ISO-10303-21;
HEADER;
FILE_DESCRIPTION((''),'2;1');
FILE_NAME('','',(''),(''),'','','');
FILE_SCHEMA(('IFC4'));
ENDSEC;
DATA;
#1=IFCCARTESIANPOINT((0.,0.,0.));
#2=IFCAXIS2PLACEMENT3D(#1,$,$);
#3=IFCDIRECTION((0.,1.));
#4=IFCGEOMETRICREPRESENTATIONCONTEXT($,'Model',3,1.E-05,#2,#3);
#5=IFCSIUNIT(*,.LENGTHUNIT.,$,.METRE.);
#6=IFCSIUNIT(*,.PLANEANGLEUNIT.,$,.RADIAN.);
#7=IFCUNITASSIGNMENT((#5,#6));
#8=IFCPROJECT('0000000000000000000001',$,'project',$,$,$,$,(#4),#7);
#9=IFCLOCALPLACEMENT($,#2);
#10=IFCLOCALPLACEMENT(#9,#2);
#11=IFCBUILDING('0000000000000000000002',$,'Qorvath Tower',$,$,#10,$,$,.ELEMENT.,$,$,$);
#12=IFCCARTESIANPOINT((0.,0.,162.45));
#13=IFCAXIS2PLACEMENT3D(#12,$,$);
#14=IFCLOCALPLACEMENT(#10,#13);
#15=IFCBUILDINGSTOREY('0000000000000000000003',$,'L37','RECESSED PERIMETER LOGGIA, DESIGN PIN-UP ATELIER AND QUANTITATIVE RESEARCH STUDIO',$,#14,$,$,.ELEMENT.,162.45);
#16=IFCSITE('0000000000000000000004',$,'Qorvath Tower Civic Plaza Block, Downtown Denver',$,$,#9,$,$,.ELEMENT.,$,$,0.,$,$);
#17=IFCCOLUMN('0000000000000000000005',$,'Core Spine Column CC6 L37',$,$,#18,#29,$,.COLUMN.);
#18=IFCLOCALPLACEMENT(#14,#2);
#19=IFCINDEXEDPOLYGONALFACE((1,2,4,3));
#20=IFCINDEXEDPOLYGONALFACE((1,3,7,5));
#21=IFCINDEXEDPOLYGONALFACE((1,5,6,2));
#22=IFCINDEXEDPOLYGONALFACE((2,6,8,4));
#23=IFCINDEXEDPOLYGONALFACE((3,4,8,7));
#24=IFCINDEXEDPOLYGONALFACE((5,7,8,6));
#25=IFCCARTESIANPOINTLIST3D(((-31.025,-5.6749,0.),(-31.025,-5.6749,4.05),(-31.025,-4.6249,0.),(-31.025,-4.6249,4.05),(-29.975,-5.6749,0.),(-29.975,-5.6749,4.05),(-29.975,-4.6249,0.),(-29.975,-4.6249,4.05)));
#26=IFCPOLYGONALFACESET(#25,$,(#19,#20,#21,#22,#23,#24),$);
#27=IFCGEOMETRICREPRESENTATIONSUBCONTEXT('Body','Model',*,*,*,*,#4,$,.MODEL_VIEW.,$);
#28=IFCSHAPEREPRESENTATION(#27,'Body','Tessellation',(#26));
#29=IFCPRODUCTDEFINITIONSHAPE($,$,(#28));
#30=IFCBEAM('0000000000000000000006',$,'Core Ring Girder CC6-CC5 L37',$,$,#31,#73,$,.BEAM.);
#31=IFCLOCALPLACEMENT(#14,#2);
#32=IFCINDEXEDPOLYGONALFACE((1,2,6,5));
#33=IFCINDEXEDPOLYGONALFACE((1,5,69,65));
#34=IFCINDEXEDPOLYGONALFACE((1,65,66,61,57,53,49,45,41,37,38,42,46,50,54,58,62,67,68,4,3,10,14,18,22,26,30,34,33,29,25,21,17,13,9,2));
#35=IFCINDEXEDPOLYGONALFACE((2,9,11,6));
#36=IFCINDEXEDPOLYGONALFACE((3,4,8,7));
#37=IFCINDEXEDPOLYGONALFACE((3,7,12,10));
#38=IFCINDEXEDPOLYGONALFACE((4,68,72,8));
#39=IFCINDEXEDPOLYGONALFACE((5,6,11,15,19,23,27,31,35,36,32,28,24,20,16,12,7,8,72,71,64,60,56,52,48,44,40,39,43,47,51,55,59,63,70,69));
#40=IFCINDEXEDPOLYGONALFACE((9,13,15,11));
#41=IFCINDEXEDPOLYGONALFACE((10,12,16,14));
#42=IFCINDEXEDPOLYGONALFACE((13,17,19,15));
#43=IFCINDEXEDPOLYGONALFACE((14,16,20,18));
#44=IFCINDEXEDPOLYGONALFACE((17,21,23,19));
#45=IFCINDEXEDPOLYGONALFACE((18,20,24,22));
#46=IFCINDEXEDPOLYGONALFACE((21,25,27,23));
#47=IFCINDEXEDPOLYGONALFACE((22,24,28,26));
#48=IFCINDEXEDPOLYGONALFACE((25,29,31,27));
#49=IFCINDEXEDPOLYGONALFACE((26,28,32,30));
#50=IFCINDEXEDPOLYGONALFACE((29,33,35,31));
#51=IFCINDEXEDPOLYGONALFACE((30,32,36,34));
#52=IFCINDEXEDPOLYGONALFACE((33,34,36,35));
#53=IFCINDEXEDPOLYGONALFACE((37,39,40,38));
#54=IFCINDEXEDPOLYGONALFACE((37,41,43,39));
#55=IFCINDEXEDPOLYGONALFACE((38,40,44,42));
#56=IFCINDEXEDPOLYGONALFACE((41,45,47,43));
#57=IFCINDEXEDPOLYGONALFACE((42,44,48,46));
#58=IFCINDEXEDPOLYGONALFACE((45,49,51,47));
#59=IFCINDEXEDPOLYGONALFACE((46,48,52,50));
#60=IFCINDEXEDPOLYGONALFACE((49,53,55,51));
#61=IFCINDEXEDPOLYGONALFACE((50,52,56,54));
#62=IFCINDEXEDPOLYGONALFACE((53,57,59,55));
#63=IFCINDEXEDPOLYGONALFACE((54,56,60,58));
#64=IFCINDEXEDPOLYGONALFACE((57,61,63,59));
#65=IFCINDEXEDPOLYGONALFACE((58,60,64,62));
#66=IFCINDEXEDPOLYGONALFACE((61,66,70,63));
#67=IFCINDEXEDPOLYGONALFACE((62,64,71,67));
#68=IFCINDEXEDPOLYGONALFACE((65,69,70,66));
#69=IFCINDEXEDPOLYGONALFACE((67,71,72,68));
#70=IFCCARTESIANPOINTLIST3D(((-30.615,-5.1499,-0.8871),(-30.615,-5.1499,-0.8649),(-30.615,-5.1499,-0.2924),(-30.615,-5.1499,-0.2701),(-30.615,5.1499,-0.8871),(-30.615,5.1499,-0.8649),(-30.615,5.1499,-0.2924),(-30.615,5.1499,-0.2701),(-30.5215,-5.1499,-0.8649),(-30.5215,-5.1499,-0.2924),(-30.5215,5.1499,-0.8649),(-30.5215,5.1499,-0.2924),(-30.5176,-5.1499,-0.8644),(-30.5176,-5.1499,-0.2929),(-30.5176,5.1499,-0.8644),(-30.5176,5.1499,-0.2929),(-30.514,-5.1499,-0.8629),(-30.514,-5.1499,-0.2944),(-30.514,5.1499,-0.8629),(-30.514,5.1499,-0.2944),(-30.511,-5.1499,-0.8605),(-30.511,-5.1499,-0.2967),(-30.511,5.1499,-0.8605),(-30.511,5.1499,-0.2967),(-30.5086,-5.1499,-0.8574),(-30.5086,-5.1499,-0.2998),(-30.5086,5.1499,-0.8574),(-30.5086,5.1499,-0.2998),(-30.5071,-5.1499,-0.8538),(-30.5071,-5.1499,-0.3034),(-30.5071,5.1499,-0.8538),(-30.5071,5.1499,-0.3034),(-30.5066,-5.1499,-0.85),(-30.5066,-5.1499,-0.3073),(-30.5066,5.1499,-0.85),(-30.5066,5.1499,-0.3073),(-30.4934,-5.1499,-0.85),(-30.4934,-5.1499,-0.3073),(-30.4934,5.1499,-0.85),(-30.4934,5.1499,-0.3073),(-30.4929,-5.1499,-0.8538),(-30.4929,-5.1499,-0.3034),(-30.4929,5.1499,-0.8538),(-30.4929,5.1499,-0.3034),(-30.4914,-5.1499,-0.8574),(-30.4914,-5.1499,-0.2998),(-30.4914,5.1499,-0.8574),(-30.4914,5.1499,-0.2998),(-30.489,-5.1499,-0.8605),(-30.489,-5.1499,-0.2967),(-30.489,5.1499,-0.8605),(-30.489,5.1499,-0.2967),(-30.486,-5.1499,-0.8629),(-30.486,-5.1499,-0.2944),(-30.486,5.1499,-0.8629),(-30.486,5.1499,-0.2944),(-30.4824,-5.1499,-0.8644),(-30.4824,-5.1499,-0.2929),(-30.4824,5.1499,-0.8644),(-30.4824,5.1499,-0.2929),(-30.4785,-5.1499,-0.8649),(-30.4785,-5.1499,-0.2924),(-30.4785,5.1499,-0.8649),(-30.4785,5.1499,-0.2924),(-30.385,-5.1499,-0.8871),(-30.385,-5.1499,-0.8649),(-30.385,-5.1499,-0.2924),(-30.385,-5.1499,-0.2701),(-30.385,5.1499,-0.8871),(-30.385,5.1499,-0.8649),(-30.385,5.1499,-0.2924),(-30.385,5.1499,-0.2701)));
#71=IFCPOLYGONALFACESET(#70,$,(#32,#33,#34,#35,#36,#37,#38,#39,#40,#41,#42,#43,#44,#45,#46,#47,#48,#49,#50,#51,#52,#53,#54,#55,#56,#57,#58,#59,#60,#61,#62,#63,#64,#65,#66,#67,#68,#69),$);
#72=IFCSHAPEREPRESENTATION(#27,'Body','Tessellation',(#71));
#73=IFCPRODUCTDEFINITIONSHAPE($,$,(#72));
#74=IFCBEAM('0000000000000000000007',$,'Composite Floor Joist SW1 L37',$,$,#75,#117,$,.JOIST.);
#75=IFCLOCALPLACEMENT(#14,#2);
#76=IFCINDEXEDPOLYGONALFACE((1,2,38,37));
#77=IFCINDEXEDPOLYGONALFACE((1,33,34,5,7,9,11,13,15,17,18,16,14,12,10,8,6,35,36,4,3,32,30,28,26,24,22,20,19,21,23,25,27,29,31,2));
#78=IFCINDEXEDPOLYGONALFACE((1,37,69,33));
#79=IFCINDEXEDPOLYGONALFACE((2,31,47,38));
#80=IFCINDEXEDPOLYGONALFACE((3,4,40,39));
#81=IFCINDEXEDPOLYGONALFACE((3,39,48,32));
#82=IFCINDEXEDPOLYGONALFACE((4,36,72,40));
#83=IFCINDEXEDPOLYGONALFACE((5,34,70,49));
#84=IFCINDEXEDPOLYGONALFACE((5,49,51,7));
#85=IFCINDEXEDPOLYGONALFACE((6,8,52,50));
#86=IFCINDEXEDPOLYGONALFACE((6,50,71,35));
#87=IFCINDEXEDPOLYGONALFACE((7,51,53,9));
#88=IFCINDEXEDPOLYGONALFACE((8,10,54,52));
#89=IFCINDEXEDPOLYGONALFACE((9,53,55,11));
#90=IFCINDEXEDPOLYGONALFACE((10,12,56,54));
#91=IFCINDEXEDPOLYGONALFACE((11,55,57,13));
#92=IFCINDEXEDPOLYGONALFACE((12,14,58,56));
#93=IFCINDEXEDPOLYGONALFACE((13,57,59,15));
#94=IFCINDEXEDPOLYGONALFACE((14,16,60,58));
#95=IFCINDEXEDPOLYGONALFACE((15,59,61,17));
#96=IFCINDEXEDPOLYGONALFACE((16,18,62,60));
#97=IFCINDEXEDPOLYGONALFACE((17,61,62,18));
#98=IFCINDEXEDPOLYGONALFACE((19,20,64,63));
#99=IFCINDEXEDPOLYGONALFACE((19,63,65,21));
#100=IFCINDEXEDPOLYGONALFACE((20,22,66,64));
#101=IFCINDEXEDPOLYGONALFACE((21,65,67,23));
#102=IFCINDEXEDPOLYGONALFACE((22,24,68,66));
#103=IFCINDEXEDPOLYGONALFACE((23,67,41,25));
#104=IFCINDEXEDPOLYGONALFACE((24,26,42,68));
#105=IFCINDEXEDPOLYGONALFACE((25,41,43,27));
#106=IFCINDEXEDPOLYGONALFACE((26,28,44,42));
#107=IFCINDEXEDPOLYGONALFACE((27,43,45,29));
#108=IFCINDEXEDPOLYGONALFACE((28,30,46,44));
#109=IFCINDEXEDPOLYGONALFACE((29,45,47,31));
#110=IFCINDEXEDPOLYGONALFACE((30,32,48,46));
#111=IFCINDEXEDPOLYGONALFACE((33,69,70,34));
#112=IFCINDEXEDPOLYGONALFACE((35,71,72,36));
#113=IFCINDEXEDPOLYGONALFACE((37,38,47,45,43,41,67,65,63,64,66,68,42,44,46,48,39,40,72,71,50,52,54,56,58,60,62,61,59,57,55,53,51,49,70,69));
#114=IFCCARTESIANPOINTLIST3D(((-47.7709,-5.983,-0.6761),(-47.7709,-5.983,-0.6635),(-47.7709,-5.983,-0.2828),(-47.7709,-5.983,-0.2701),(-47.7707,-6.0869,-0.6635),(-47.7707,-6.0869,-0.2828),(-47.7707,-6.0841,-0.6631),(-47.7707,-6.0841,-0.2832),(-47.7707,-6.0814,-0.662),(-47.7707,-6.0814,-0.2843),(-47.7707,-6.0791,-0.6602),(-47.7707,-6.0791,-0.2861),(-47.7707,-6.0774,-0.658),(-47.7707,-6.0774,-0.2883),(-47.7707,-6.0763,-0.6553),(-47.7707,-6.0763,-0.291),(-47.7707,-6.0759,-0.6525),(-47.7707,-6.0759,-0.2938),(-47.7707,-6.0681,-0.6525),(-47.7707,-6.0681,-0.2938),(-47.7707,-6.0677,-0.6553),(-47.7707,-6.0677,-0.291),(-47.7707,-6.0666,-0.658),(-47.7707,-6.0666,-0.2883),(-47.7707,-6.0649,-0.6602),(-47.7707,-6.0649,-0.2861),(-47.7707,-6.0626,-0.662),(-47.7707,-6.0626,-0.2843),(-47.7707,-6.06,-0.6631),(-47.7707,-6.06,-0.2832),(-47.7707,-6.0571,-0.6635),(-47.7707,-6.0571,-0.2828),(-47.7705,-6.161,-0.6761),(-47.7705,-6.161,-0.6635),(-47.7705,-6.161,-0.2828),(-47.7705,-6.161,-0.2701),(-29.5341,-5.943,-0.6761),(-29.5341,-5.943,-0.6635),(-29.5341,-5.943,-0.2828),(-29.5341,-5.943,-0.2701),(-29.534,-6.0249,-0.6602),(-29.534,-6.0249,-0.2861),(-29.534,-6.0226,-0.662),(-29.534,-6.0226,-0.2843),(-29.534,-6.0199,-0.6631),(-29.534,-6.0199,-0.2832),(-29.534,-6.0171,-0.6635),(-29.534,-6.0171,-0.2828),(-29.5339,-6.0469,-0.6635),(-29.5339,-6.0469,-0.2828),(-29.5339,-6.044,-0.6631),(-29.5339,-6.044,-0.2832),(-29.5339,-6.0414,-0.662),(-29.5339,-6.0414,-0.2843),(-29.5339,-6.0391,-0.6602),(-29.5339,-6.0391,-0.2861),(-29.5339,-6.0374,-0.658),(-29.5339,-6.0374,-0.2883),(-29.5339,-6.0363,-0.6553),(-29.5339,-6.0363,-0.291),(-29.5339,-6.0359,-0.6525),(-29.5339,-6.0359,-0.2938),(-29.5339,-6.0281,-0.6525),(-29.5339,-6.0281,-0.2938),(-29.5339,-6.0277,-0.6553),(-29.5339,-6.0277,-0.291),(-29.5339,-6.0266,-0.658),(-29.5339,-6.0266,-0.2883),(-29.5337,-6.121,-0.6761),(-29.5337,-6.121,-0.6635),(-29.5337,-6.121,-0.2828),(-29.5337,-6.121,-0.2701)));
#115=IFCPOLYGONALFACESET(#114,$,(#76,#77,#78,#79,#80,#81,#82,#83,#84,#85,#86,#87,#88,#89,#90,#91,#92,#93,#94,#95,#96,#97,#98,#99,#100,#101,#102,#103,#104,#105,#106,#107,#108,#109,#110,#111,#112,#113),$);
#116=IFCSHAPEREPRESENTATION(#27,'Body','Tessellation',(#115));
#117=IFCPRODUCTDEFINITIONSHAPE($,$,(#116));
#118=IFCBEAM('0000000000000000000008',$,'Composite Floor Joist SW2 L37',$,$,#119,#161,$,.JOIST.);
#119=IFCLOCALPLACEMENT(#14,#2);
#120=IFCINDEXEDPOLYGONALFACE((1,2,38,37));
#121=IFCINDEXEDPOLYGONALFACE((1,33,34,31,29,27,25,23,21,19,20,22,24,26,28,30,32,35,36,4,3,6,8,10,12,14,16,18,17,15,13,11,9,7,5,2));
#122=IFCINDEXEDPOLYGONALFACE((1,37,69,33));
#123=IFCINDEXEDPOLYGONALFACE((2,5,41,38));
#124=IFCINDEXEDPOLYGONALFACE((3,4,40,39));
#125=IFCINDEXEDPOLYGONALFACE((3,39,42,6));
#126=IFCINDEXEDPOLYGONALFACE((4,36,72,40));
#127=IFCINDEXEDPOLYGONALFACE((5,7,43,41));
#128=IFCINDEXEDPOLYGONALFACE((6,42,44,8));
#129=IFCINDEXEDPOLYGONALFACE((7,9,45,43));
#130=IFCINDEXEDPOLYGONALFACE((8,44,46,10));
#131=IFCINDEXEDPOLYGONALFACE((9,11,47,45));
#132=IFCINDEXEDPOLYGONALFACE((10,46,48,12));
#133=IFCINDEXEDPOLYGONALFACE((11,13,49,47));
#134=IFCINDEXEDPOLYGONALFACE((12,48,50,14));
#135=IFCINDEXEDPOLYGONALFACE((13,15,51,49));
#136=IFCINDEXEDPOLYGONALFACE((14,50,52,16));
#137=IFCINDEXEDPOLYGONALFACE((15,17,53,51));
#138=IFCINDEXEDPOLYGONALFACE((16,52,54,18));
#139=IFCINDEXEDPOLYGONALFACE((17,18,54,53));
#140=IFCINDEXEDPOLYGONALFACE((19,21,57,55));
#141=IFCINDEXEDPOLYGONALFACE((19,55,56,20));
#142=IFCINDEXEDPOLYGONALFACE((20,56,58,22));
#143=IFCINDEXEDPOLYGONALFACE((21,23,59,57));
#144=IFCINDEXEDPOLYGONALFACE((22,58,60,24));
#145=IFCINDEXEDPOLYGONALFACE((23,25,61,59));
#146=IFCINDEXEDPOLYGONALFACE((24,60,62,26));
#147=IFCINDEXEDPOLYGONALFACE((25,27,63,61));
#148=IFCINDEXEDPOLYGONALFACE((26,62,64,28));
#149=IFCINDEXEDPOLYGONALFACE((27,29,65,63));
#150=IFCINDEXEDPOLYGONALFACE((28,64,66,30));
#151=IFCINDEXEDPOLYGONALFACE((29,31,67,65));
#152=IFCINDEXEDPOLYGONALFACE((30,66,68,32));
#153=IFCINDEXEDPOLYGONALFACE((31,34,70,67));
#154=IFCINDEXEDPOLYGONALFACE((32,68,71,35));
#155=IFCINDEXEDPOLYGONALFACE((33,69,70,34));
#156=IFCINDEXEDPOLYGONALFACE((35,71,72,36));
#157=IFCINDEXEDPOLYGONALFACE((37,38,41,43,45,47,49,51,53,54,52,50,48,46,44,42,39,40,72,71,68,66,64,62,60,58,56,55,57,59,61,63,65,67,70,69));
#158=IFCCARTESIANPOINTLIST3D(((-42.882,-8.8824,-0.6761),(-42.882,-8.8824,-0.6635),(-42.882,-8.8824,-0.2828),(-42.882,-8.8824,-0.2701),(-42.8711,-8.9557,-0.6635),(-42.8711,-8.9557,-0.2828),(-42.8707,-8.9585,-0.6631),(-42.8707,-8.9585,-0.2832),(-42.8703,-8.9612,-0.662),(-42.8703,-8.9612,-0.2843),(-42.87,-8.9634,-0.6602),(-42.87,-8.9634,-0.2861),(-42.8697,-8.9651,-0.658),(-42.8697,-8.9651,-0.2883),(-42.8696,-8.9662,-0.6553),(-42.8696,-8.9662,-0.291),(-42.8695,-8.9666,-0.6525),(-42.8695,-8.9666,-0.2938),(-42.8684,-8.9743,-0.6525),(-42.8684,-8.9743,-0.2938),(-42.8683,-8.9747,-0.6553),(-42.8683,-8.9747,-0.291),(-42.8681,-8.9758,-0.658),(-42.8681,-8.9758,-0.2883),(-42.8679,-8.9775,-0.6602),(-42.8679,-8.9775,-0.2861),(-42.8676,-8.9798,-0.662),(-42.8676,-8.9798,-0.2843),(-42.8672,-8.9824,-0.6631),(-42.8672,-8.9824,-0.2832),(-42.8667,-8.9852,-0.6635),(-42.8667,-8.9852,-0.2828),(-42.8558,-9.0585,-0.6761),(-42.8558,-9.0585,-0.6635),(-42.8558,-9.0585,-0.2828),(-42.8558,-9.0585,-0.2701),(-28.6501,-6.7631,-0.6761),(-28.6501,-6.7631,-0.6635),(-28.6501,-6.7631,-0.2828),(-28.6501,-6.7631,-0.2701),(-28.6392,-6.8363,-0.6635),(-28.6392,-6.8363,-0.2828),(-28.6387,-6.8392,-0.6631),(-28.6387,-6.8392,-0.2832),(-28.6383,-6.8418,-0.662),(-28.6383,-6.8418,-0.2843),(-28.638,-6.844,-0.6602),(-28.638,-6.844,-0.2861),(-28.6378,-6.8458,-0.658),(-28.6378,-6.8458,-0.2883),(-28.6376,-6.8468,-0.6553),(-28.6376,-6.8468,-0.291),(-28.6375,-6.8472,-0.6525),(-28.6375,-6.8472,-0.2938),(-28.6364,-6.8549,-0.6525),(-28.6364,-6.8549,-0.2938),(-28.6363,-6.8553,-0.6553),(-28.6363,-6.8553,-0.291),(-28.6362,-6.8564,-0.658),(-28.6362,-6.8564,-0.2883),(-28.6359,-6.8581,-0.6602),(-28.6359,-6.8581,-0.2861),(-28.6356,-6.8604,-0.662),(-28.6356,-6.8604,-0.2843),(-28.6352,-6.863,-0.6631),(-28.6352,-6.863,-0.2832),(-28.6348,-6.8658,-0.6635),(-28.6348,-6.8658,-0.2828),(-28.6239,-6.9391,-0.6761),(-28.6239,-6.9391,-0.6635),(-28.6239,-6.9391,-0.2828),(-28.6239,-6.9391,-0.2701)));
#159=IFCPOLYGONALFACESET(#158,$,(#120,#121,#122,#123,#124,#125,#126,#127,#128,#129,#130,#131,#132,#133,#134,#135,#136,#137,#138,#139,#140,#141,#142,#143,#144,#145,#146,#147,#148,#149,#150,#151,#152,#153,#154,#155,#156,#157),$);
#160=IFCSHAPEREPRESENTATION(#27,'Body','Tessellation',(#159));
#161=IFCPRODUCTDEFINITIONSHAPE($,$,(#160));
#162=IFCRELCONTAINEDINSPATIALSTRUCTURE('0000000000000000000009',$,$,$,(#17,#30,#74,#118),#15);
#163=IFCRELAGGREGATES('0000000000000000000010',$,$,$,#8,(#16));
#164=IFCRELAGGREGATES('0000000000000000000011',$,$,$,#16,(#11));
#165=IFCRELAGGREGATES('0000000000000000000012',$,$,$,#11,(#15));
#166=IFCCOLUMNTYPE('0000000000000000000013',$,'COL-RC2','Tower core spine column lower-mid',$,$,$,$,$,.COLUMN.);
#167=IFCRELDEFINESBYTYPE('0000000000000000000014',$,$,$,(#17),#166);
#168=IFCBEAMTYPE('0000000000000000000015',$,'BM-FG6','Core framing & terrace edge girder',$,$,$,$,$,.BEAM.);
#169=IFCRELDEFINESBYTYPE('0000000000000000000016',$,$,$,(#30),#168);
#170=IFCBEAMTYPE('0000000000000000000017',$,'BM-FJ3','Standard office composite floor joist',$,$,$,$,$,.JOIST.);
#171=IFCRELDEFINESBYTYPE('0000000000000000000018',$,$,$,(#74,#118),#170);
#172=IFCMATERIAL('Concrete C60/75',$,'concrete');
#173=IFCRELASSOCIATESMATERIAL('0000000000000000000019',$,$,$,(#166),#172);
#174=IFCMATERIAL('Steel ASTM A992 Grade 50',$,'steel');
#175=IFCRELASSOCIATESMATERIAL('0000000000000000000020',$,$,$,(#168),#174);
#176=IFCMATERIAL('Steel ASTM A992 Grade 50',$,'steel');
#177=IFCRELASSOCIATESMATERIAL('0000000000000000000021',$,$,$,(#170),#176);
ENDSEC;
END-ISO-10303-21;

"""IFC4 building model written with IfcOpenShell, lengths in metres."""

from ifc_helpers import new_model, si_unit, direction, frame, origin, origin_2d, place, context, subcontext, project, spatial, rectangle, i_section, extrude, material, material_profile, profile_set, type_object, element, save


model = new_model("IFC4")

# Units and contexts
model_context = context("Model", 3, precision=1e-05, world=origin(), true_north=direction((0.0, 1.0)))
body_context = subcontext(model_context, "Body", "Model", "MODEL_VIEW")
ifc_project = project(units=[si_unit("LENGTHUNIT", "METRE"), si_unit("PLANEANGLEUNIT", "RADIAN")], contexts=[model_context])

# Site, building, storey
site_placement = place(None, origin())
site = spatial("IfcSite", under=ifc_project, at=site_placement, Name="Qorvath Tower Civic Plaza Block, Downtown Denver", CompositionType="ELEMENT", RefElevation=0.0)
building_placement = place(site_placement, origin())
building = spatial("IfcBuilding", under=site, at=building_placement, Name="Qorvath Tower", CompositionType="ELEMENT")
storey_placement = place(building_placement, frame((0.0, 0.0, 162.45)))
storey = spatial("IfcBuildingStorey", under=building, at=storey_placement, Name="L37", Description="RECESSED PERIMETER LOGGIA, DESIGN PIN-UP ATELIER AND QUANTITATIVE RESEARCH STUDIO", CompositionType="ELEMENT", Elevation=162.45)

# Column
ifc_material_1 = material(Name="Concrete C60/75", Category="concrete")
ifc_material_profile_1 = material_profile(ifc_material_1, rectangle(XDim=1.05, YDim=1.05, at=origin_2d()), Name="RC 1050x1050")
ifc_profile_set_1 = profile_set([ifc_material_profile_1], Name="Concrete C60/75")
column_type = type_object("IfcColumnType", Name="COL-RC2", Description="Tower core spine column lower-mid", PredefinedType="COLUMN", material=ifc_profile_set_1)
column_placement = place(storey_placement, frame((-30.5, -5.1499, 0.0), z_axis=(0.0, 0.0, 1.0), x_axis=(1.0, 0.0, 0.0)))
element("IfcColumn", 1, at=column_placement, inside=storey, type_object=column_type, Name="Core Spine Column CC6 L37", PredefinedType="COLUMN", context=body_context, shape_type="SweptSolid", body=[
    extrude(rectangle(XDim=1.05, YDim=1.05, at=origin_2d()), origin(), (0.0, 0.0, 1.0), 4.05),
])

# Beams
ifc_material_2 = material(Name="Steel ASTM A992 Grade 50", Category="steel")
ifc_material_profile_2 = material_profile(ifc_material_2, i_section(OverallWidth=0.23, OverallDepth=0.6169, WebThickness=0.0132, FlangeThickness=0.0222, FilletRadius=0.0149, at=origin_2d()), Name="W24x94")
ifc_profile_set_2 = profile_set([ifc_material_profile_2], Name="Steel ASTM A992 Grade 50")
beam_type_1 = type_object("IfcBeamType", Name="BM-FG6", Description="Core framing & terrace edge girder", PredefinedType="BEAM", material=ifc_profile_set_2)
beam_1_placement = place(storey_placement, frame((-30.5, -5.1499, -0.5786), z_axis=(0.0, 1.0, 0.0), x_axis=(-1.0, 0.0, 0.0)))
element("IfcBeam", 2, at=beam_1_placement, inside=storey, type_object=beam_type_1, Name="Core Ring Girder CC6-CC5 L37", PredefinedType="BEAM", context=body_context, shape_type="SweptSolid", body=[
    extrude(i_section(OverallWidth=0.23, OverallDepth=0.6169, WebThickness=0.0132, FlangeThickness=0.0222, FilletRadius=0.0149, at=origin_2d()), origin(), (0.0, 0.0, 1.0), 10.2998),
])
ifc_material_3 = material(Name="Steel ASTM A992 Grade 50", Category="steel")
ifc_material_profile_3 = material_profile(ifc_material_3, i_section(OverallWidth=0.178, OverallDepth=0.406, WebThickness=0.0078, FlangeThickness=0.0127, FilletRadius=0.011, at=origin_2d()), Name="W16x40")
ifc_profile_set_3 = profile_set([ifc_material_profile_3], Name="Steel ASTM A992 Grade 50")
beam_type_2 = type_object("IfcBeamType", Name="BM-FJ3", Description="Standard office composite floor joist", PredefinedType="JOIST", material=ifc_profile_set_3)
beam_2_placement = place(storey_placement, frame((-29.5339, -6.032, -0.4731), z_axis=(-0.999998, -0.002196, 0.0), x_axis=(0.002196, -0.999998, 0.0)))
element("IfcBeam", 3, at=beam_2_placement, inside=storey, type_object=beam_type_2, Name="Composite Floor Joist SW1 L37", PredefinedType="JOIST", context=body_context, shape_type="SweptSolid", body=[
    extrude(i_section(OverallWidth=0.178, OverallDepth=0.406, WebThickness=0.0078, FlangeThickness=0.0127, FilletRadius=0.011, at=origin_2d()), origin(), (0.0, 0.0, 1.0), 18.2368),
])
beam_3_placement = place(storey_placement, frame((-28.637, -6.8511, -0.4731), z_axis=(-0.989093, -0.147293, 0.0), x_axis=(0.147293, -0.989093, 0.0)))
element("IfcBeam", 4, at=beam_3_placement, inside=storey, type_object=beam_type_2, Name="Composite Floor Joist SW2 L37", PredefinedType="JOIST", context=body_context, shape_type="SweptSolid", body=[
    extrude(i_section(OverallWidth=0.178, OverallDepth=0.406, WebThickness=0.0078, FlangeThickness=0.0127, FilletRadius=0.011, at=origin_2d()), origin(), (0.0, 0.0, 1.0), 14.3889),
])

save(model, "model.ifc")
